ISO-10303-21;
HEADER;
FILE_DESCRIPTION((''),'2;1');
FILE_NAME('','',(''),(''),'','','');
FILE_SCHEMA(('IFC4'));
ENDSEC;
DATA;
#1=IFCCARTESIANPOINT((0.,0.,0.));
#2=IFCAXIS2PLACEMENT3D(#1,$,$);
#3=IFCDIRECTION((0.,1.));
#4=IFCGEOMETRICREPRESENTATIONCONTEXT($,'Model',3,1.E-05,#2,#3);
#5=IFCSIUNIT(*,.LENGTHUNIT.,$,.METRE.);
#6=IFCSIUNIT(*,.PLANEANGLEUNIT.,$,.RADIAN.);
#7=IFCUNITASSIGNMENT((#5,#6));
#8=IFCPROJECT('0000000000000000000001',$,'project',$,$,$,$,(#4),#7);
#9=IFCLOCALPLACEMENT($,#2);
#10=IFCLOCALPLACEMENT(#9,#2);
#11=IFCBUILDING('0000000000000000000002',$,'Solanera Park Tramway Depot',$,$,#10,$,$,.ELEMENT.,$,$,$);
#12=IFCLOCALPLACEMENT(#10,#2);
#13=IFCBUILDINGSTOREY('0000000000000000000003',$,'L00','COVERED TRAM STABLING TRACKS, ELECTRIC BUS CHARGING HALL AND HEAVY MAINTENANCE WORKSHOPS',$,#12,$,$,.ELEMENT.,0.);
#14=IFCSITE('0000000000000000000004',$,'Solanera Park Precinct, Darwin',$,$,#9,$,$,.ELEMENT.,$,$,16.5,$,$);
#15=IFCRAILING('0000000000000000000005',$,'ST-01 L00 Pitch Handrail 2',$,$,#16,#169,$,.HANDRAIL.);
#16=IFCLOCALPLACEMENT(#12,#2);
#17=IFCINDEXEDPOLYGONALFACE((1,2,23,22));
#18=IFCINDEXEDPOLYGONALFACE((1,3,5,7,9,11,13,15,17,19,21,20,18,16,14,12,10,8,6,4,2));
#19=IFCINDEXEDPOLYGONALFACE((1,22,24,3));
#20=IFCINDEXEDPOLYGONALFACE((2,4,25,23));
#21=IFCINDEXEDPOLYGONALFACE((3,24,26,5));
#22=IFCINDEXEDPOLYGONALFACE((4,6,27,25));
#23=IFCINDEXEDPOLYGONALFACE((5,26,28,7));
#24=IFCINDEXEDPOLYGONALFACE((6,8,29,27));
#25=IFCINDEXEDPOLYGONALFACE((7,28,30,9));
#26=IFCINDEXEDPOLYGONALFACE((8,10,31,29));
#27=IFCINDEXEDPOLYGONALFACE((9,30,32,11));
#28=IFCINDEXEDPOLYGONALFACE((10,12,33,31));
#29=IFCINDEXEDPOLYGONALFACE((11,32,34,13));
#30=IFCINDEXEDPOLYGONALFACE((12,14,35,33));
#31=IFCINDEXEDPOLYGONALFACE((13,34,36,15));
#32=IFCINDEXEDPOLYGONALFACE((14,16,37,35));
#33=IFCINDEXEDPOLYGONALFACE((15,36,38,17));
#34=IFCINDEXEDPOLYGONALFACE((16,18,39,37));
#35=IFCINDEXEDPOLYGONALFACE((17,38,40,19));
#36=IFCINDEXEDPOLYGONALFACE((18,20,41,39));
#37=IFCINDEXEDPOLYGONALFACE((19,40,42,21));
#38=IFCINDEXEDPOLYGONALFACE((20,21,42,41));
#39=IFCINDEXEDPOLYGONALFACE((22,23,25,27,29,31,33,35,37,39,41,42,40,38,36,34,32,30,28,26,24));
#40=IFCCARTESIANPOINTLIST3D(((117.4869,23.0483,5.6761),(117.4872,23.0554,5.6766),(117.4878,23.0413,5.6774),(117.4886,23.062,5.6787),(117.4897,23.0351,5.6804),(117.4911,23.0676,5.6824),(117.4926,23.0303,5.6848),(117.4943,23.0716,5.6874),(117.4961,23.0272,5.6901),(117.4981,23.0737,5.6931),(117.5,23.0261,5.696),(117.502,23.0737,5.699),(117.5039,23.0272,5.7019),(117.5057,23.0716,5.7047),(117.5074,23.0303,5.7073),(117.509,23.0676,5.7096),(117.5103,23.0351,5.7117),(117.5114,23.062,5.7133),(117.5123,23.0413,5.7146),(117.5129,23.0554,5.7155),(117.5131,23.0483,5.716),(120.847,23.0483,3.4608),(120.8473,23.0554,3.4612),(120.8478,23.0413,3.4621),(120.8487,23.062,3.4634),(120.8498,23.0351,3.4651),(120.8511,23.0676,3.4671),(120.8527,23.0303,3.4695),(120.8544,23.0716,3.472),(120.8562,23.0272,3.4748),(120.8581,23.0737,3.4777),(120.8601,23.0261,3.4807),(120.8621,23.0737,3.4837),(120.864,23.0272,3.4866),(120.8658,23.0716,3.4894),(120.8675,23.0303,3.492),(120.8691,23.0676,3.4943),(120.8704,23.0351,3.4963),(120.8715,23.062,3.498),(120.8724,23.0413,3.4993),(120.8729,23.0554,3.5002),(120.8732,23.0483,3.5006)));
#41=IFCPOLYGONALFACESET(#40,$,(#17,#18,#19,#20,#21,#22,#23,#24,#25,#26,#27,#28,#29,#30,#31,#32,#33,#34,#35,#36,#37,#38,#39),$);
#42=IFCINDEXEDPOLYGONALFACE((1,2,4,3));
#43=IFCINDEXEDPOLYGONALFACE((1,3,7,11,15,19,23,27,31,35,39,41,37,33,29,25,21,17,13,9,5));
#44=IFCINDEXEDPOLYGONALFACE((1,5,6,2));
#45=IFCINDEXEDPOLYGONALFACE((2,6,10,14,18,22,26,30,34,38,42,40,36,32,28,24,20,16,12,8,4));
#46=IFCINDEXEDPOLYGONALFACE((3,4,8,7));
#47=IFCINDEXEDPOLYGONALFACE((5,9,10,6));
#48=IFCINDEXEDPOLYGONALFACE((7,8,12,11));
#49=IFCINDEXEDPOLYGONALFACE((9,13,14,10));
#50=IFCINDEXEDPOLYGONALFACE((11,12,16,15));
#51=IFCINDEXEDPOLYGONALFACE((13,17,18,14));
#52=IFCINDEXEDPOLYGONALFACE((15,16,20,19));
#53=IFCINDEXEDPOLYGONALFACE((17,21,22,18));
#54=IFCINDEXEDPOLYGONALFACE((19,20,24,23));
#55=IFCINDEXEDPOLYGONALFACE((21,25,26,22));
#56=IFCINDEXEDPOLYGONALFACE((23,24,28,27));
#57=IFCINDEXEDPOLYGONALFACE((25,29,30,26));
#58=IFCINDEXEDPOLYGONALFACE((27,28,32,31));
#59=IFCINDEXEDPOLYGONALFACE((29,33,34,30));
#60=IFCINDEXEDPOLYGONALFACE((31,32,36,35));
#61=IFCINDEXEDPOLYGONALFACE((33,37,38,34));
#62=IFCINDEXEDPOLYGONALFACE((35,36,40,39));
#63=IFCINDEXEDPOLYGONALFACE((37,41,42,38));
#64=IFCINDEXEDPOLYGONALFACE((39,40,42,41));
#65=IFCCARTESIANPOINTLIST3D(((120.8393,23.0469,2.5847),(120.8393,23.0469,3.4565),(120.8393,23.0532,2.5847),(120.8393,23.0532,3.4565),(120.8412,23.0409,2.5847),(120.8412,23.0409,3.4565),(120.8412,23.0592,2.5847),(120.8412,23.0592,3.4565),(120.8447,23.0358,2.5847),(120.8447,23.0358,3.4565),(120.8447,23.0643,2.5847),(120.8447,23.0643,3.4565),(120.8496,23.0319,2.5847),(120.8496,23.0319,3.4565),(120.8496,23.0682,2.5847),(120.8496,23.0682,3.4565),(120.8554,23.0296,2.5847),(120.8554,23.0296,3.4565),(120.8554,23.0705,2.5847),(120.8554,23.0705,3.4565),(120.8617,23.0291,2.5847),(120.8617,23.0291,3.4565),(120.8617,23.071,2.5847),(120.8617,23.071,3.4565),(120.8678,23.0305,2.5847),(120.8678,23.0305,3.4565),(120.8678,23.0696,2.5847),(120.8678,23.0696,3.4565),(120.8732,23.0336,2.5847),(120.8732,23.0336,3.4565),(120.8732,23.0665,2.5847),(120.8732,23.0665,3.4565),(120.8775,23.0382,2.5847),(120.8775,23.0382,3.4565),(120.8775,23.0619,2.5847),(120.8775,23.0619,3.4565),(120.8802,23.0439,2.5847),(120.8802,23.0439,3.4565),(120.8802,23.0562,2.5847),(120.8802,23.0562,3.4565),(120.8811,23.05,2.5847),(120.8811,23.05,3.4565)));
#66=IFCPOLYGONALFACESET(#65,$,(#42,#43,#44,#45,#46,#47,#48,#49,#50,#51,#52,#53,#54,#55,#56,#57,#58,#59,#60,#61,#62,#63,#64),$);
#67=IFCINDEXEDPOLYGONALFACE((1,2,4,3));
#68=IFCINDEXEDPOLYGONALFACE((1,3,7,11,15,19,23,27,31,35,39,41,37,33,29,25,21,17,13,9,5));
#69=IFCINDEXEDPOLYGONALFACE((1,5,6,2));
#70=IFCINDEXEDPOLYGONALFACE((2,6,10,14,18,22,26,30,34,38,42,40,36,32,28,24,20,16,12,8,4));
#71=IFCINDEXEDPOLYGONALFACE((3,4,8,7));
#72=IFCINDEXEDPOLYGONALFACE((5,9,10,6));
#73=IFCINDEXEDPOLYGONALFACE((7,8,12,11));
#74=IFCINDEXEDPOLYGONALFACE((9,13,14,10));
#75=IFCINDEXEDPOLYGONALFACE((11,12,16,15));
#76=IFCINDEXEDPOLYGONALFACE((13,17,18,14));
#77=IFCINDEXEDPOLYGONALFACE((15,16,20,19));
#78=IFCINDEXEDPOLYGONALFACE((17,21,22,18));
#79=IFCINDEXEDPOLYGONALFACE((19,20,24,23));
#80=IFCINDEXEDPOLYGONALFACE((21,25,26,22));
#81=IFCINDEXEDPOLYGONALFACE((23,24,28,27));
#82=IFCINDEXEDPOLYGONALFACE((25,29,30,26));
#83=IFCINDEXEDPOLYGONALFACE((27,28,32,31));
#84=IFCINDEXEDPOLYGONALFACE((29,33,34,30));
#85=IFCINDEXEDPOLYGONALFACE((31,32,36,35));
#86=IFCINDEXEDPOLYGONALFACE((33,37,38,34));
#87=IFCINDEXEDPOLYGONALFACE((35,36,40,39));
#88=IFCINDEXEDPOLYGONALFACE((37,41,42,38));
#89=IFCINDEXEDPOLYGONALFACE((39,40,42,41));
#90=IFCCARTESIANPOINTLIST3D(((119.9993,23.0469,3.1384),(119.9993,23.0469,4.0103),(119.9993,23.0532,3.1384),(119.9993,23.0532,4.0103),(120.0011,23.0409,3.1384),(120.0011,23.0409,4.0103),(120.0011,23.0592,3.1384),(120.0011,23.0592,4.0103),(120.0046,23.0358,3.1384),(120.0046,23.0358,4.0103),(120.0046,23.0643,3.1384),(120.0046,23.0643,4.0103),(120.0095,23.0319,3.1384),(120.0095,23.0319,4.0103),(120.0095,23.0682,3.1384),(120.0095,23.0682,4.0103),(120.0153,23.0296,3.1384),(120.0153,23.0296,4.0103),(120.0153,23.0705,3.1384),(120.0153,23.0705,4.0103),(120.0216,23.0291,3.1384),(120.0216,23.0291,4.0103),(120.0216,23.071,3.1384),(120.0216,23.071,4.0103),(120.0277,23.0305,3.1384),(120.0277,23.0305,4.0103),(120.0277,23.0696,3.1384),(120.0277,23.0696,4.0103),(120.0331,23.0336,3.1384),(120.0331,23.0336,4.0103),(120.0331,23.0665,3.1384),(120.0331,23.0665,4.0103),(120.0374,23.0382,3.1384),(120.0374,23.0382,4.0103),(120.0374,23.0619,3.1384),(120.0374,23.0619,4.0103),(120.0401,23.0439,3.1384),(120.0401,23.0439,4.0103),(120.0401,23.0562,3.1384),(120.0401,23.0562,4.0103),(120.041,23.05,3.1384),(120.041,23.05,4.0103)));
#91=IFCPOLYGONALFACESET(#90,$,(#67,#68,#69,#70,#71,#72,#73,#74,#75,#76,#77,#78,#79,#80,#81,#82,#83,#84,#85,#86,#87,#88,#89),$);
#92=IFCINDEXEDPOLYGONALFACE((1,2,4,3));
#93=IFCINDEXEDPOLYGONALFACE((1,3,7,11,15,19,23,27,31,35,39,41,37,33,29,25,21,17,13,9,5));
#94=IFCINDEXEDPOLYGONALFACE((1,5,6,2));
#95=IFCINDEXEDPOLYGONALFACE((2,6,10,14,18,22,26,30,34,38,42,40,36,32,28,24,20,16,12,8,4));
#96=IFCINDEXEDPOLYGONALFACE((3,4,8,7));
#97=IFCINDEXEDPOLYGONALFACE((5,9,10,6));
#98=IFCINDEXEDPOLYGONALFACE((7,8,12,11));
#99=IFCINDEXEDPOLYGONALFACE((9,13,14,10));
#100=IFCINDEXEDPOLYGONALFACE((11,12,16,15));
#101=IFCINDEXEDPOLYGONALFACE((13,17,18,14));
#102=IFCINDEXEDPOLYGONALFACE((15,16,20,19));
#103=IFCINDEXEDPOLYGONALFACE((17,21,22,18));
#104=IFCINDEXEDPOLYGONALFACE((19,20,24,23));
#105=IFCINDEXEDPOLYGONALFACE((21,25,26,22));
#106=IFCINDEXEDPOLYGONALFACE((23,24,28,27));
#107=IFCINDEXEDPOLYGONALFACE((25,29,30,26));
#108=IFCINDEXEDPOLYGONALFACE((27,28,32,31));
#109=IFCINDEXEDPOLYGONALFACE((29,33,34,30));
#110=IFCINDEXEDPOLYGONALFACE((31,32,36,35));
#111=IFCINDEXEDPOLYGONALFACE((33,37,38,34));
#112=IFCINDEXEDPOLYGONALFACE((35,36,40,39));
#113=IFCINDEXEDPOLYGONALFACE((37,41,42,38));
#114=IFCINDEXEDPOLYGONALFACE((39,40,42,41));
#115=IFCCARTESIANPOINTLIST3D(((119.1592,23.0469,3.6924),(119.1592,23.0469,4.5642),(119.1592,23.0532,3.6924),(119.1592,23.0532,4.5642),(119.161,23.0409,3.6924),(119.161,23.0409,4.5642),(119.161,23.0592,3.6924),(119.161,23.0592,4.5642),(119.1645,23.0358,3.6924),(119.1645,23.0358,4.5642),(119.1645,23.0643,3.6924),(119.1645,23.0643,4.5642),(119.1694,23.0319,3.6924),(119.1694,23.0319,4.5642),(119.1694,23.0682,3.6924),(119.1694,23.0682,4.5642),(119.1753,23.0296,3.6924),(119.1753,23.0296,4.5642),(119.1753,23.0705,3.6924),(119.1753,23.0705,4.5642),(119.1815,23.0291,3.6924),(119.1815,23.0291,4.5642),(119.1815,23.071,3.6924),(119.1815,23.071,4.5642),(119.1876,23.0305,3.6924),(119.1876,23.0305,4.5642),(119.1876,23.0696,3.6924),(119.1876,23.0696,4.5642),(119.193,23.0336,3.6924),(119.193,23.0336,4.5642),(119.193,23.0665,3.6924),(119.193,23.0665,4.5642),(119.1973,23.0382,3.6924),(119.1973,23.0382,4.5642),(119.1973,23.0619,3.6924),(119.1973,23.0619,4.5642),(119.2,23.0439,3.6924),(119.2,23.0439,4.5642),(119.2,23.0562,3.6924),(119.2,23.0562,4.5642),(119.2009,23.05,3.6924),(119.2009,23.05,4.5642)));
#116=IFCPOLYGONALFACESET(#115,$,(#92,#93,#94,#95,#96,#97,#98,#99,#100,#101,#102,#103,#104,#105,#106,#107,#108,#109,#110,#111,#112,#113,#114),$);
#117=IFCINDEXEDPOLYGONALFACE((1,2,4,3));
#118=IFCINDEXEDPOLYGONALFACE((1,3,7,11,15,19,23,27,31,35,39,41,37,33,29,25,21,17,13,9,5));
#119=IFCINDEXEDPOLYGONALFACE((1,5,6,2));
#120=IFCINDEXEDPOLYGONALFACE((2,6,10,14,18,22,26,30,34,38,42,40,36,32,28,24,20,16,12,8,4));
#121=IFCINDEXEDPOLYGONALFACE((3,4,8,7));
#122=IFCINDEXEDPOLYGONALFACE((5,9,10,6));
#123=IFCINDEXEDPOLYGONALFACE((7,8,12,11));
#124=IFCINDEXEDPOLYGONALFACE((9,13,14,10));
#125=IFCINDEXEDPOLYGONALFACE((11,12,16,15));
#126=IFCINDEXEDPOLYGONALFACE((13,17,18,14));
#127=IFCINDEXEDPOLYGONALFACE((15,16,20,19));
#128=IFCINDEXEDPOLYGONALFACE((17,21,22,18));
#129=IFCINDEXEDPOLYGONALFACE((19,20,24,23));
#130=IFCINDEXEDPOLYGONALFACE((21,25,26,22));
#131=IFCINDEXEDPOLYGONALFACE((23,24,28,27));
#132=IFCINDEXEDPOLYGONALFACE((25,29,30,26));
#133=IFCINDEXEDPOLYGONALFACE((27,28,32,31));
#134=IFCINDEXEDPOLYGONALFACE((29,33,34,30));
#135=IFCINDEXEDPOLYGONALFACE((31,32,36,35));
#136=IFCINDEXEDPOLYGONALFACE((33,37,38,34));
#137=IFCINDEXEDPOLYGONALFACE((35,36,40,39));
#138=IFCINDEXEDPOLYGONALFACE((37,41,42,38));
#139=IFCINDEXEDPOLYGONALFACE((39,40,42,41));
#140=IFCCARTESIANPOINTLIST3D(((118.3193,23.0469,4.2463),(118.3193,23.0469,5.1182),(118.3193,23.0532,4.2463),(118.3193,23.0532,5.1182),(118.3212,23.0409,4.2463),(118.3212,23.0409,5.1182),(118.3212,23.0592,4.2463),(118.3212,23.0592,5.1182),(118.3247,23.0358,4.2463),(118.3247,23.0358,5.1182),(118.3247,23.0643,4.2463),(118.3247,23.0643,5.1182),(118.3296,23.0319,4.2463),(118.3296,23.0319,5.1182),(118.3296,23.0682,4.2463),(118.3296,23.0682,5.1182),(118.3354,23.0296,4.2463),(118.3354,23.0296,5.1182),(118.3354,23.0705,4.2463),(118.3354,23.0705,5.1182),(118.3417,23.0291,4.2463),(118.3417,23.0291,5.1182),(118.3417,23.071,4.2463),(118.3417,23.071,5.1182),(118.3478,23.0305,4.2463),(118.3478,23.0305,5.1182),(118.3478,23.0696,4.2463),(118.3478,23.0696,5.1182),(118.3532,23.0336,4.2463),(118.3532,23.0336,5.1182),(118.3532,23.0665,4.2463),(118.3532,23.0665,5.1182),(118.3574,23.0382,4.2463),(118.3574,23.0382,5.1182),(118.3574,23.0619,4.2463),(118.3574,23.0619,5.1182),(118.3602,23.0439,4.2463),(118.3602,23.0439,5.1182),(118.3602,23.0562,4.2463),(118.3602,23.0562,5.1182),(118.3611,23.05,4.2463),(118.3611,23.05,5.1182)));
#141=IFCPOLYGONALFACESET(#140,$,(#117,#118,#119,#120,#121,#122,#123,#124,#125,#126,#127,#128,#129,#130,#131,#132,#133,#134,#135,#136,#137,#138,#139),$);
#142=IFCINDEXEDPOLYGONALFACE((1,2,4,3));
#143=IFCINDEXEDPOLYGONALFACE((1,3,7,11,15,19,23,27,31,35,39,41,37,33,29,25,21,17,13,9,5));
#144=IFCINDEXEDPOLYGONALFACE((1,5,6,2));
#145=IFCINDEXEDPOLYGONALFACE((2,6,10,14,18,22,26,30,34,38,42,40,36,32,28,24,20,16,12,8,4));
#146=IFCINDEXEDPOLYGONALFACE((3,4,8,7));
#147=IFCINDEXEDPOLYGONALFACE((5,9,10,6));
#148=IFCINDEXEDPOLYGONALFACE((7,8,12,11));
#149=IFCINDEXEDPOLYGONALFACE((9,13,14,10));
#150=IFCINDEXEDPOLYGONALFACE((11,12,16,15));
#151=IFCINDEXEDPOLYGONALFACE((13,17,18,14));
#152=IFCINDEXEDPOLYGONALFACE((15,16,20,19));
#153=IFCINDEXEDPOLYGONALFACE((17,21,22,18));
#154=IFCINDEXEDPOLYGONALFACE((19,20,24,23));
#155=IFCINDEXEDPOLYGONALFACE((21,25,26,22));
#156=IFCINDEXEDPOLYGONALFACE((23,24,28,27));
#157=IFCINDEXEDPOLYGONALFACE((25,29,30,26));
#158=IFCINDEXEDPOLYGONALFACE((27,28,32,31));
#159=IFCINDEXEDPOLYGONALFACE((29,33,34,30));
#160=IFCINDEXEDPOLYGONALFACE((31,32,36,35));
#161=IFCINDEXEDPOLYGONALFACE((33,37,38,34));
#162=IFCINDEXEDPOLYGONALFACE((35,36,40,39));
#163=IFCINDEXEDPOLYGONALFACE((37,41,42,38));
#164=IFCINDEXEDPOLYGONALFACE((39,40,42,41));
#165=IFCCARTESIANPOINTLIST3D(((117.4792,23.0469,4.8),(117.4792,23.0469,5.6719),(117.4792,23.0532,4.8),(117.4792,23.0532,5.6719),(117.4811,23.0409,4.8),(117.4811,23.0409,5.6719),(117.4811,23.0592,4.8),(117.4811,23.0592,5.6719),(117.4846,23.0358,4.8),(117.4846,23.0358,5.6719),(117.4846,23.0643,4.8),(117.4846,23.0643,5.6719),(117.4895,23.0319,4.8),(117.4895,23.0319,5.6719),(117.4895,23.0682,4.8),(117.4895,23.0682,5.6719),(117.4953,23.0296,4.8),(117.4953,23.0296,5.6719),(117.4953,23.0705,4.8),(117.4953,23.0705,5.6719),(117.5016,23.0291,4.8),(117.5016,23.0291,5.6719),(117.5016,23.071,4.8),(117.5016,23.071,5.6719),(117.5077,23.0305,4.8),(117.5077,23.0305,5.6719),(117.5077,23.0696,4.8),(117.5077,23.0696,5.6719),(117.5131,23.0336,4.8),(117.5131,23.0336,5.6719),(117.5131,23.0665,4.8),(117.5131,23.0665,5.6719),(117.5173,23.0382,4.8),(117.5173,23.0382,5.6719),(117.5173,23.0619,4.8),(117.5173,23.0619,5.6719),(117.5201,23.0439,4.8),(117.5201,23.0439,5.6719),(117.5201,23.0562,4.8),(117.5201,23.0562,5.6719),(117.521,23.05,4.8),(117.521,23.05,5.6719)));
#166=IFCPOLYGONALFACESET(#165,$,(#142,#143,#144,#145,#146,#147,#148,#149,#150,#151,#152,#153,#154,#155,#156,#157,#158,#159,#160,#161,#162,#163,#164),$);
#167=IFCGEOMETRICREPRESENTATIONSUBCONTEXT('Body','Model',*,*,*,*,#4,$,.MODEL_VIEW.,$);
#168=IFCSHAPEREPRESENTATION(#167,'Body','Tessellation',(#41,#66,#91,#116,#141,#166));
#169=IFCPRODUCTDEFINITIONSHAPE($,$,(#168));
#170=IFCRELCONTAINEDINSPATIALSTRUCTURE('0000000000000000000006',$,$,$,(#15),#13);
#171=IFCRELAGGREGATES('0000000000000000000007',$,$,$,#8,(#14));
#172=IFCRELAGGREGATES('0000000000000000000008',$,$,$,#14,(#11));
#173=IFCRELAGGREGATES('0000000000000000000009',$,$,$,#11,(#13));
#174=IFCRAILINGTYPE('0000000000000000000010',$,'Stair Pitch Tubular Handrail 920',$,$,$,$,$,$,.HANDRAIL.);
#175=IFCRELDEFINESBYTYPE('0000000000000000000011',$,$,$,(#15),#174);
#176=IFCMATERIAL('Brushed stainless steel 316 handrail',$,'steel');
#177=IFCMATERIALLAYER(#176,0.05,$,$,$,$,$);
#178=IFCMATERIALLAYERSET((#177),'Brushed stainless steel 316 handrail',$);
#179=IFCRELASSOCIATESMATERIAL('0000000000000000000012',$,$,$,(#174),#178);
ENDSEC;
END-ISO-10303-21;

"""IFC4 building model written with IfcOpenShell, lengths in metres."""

from ifc_helpers import new_model, si_unit, direction, frame, origin, origin_2d, place, context, subcontext, project, spatial, circle, extrude, material, layer, layer_set, type_object, element, save


model = new_model("IFC4")

# Units and contexts
model_context = context("Model", 3, precision=1e-05, world=origin(), true_north=direction((0.0, 1.0)))
body_context = subcontext(model_context, "Body", "Model", "MODEL_VIEW")
ifc_project = project(units=[si_unit("LENGTHUNIT", "METRE"), si_unit("PLANEANGLEUNIT", "RADIAN")], contexts=[model_context])

# Site, building, storey
site_placement = place(None, origin())
site = spatial("IfcSite", under=ifc_project, at=site_placement, Name="Solanera Park Precinct, Darwin", CompositionType="ELEMENT", RefElevation=16.5)
building_placement = place(site_placement, origin())
building = spatial("IfcBuilding", under=site, at=building_placement, Name="Solanera Park Tramway Depot", CompositionType="ELEMENT")
storey_placement = place(building_placement, origin())
storey = spatial("IfcBuildingStorey", under=building, at=storey_placement, Name="L00", Description="COVERED TRAM STABLING TRACKS, ELECTRIC BUS CHARGING HALL AND HEAVY MAINTENANCE WORKSHOPS", CompositionType="ELEMENT", Elevation=0.0)

# Railing
ifc_material_1 = material(Name="Brushed stainless steel 316 handrail", Category="steel")
ifc_layer_1 = layer(ifc_material_1, 0.05)
ifc_layer_set_1 = layer_set([ifc_layer_1], Name="Brushed stainless steel 316 handrail")
railing_type_1 = type_object("IfcRailingType", Name="Stair Pitch Tubular Handrail 920", PredefinedType="HANDRAIL", material=ifc_layer_set_1)
railing_1_placement = place(storey_placement, frame((120.8601, 23.05, 2.5847)))
element("IfcRailing", 1, at=railing_1_placement, inside=storey, type_object=railing_type_1, Name="ST-01 L00 Pitch Handrail 2", PredefinedType="HANDRAIL", context=body_context, shape_type="SweptSolid", body=[
    extrude(circle(Radius=0.0239, at=origin_2d()), frame((0.0, 0.0, 0.896), z_axis=(-0.834876, 0.0, 0.550437), x_axis=(0.0, -1.0, 0.0)), (0.0, 0.0, 1.0), 4.0247),
    extrude(circle(Radius=0.021, at=origin_2d()), origin(), (0.0, 0.0, 1.0), 0.8718),
    extrude(circle(Radius=0.021, at=origin_2d()), frame((-0.8401, 0.0, 0.5537)), (0.0, 0.0, 1.0), 0.8718),
    extrude(circle(Radius=0.021, at=origin_2d()), frame((-1.6802, 0.0, 1.1077)), (0.0, 0.0, 1.0), 0.8718),
    extrude(circle(Radius=0.021, at=origin_2d()), frame((-2.52, 0.0, 1.6616)), (0.0, 0.0, 1.0), 0.8718),
    extrude(circle(Radius=0.021, at=origin_2d()), frame((-3.3601, 0.0, 2.2153)), (0.0, 0.0, 1.0), 0.8718),
])

save(model, "model.ifc")
